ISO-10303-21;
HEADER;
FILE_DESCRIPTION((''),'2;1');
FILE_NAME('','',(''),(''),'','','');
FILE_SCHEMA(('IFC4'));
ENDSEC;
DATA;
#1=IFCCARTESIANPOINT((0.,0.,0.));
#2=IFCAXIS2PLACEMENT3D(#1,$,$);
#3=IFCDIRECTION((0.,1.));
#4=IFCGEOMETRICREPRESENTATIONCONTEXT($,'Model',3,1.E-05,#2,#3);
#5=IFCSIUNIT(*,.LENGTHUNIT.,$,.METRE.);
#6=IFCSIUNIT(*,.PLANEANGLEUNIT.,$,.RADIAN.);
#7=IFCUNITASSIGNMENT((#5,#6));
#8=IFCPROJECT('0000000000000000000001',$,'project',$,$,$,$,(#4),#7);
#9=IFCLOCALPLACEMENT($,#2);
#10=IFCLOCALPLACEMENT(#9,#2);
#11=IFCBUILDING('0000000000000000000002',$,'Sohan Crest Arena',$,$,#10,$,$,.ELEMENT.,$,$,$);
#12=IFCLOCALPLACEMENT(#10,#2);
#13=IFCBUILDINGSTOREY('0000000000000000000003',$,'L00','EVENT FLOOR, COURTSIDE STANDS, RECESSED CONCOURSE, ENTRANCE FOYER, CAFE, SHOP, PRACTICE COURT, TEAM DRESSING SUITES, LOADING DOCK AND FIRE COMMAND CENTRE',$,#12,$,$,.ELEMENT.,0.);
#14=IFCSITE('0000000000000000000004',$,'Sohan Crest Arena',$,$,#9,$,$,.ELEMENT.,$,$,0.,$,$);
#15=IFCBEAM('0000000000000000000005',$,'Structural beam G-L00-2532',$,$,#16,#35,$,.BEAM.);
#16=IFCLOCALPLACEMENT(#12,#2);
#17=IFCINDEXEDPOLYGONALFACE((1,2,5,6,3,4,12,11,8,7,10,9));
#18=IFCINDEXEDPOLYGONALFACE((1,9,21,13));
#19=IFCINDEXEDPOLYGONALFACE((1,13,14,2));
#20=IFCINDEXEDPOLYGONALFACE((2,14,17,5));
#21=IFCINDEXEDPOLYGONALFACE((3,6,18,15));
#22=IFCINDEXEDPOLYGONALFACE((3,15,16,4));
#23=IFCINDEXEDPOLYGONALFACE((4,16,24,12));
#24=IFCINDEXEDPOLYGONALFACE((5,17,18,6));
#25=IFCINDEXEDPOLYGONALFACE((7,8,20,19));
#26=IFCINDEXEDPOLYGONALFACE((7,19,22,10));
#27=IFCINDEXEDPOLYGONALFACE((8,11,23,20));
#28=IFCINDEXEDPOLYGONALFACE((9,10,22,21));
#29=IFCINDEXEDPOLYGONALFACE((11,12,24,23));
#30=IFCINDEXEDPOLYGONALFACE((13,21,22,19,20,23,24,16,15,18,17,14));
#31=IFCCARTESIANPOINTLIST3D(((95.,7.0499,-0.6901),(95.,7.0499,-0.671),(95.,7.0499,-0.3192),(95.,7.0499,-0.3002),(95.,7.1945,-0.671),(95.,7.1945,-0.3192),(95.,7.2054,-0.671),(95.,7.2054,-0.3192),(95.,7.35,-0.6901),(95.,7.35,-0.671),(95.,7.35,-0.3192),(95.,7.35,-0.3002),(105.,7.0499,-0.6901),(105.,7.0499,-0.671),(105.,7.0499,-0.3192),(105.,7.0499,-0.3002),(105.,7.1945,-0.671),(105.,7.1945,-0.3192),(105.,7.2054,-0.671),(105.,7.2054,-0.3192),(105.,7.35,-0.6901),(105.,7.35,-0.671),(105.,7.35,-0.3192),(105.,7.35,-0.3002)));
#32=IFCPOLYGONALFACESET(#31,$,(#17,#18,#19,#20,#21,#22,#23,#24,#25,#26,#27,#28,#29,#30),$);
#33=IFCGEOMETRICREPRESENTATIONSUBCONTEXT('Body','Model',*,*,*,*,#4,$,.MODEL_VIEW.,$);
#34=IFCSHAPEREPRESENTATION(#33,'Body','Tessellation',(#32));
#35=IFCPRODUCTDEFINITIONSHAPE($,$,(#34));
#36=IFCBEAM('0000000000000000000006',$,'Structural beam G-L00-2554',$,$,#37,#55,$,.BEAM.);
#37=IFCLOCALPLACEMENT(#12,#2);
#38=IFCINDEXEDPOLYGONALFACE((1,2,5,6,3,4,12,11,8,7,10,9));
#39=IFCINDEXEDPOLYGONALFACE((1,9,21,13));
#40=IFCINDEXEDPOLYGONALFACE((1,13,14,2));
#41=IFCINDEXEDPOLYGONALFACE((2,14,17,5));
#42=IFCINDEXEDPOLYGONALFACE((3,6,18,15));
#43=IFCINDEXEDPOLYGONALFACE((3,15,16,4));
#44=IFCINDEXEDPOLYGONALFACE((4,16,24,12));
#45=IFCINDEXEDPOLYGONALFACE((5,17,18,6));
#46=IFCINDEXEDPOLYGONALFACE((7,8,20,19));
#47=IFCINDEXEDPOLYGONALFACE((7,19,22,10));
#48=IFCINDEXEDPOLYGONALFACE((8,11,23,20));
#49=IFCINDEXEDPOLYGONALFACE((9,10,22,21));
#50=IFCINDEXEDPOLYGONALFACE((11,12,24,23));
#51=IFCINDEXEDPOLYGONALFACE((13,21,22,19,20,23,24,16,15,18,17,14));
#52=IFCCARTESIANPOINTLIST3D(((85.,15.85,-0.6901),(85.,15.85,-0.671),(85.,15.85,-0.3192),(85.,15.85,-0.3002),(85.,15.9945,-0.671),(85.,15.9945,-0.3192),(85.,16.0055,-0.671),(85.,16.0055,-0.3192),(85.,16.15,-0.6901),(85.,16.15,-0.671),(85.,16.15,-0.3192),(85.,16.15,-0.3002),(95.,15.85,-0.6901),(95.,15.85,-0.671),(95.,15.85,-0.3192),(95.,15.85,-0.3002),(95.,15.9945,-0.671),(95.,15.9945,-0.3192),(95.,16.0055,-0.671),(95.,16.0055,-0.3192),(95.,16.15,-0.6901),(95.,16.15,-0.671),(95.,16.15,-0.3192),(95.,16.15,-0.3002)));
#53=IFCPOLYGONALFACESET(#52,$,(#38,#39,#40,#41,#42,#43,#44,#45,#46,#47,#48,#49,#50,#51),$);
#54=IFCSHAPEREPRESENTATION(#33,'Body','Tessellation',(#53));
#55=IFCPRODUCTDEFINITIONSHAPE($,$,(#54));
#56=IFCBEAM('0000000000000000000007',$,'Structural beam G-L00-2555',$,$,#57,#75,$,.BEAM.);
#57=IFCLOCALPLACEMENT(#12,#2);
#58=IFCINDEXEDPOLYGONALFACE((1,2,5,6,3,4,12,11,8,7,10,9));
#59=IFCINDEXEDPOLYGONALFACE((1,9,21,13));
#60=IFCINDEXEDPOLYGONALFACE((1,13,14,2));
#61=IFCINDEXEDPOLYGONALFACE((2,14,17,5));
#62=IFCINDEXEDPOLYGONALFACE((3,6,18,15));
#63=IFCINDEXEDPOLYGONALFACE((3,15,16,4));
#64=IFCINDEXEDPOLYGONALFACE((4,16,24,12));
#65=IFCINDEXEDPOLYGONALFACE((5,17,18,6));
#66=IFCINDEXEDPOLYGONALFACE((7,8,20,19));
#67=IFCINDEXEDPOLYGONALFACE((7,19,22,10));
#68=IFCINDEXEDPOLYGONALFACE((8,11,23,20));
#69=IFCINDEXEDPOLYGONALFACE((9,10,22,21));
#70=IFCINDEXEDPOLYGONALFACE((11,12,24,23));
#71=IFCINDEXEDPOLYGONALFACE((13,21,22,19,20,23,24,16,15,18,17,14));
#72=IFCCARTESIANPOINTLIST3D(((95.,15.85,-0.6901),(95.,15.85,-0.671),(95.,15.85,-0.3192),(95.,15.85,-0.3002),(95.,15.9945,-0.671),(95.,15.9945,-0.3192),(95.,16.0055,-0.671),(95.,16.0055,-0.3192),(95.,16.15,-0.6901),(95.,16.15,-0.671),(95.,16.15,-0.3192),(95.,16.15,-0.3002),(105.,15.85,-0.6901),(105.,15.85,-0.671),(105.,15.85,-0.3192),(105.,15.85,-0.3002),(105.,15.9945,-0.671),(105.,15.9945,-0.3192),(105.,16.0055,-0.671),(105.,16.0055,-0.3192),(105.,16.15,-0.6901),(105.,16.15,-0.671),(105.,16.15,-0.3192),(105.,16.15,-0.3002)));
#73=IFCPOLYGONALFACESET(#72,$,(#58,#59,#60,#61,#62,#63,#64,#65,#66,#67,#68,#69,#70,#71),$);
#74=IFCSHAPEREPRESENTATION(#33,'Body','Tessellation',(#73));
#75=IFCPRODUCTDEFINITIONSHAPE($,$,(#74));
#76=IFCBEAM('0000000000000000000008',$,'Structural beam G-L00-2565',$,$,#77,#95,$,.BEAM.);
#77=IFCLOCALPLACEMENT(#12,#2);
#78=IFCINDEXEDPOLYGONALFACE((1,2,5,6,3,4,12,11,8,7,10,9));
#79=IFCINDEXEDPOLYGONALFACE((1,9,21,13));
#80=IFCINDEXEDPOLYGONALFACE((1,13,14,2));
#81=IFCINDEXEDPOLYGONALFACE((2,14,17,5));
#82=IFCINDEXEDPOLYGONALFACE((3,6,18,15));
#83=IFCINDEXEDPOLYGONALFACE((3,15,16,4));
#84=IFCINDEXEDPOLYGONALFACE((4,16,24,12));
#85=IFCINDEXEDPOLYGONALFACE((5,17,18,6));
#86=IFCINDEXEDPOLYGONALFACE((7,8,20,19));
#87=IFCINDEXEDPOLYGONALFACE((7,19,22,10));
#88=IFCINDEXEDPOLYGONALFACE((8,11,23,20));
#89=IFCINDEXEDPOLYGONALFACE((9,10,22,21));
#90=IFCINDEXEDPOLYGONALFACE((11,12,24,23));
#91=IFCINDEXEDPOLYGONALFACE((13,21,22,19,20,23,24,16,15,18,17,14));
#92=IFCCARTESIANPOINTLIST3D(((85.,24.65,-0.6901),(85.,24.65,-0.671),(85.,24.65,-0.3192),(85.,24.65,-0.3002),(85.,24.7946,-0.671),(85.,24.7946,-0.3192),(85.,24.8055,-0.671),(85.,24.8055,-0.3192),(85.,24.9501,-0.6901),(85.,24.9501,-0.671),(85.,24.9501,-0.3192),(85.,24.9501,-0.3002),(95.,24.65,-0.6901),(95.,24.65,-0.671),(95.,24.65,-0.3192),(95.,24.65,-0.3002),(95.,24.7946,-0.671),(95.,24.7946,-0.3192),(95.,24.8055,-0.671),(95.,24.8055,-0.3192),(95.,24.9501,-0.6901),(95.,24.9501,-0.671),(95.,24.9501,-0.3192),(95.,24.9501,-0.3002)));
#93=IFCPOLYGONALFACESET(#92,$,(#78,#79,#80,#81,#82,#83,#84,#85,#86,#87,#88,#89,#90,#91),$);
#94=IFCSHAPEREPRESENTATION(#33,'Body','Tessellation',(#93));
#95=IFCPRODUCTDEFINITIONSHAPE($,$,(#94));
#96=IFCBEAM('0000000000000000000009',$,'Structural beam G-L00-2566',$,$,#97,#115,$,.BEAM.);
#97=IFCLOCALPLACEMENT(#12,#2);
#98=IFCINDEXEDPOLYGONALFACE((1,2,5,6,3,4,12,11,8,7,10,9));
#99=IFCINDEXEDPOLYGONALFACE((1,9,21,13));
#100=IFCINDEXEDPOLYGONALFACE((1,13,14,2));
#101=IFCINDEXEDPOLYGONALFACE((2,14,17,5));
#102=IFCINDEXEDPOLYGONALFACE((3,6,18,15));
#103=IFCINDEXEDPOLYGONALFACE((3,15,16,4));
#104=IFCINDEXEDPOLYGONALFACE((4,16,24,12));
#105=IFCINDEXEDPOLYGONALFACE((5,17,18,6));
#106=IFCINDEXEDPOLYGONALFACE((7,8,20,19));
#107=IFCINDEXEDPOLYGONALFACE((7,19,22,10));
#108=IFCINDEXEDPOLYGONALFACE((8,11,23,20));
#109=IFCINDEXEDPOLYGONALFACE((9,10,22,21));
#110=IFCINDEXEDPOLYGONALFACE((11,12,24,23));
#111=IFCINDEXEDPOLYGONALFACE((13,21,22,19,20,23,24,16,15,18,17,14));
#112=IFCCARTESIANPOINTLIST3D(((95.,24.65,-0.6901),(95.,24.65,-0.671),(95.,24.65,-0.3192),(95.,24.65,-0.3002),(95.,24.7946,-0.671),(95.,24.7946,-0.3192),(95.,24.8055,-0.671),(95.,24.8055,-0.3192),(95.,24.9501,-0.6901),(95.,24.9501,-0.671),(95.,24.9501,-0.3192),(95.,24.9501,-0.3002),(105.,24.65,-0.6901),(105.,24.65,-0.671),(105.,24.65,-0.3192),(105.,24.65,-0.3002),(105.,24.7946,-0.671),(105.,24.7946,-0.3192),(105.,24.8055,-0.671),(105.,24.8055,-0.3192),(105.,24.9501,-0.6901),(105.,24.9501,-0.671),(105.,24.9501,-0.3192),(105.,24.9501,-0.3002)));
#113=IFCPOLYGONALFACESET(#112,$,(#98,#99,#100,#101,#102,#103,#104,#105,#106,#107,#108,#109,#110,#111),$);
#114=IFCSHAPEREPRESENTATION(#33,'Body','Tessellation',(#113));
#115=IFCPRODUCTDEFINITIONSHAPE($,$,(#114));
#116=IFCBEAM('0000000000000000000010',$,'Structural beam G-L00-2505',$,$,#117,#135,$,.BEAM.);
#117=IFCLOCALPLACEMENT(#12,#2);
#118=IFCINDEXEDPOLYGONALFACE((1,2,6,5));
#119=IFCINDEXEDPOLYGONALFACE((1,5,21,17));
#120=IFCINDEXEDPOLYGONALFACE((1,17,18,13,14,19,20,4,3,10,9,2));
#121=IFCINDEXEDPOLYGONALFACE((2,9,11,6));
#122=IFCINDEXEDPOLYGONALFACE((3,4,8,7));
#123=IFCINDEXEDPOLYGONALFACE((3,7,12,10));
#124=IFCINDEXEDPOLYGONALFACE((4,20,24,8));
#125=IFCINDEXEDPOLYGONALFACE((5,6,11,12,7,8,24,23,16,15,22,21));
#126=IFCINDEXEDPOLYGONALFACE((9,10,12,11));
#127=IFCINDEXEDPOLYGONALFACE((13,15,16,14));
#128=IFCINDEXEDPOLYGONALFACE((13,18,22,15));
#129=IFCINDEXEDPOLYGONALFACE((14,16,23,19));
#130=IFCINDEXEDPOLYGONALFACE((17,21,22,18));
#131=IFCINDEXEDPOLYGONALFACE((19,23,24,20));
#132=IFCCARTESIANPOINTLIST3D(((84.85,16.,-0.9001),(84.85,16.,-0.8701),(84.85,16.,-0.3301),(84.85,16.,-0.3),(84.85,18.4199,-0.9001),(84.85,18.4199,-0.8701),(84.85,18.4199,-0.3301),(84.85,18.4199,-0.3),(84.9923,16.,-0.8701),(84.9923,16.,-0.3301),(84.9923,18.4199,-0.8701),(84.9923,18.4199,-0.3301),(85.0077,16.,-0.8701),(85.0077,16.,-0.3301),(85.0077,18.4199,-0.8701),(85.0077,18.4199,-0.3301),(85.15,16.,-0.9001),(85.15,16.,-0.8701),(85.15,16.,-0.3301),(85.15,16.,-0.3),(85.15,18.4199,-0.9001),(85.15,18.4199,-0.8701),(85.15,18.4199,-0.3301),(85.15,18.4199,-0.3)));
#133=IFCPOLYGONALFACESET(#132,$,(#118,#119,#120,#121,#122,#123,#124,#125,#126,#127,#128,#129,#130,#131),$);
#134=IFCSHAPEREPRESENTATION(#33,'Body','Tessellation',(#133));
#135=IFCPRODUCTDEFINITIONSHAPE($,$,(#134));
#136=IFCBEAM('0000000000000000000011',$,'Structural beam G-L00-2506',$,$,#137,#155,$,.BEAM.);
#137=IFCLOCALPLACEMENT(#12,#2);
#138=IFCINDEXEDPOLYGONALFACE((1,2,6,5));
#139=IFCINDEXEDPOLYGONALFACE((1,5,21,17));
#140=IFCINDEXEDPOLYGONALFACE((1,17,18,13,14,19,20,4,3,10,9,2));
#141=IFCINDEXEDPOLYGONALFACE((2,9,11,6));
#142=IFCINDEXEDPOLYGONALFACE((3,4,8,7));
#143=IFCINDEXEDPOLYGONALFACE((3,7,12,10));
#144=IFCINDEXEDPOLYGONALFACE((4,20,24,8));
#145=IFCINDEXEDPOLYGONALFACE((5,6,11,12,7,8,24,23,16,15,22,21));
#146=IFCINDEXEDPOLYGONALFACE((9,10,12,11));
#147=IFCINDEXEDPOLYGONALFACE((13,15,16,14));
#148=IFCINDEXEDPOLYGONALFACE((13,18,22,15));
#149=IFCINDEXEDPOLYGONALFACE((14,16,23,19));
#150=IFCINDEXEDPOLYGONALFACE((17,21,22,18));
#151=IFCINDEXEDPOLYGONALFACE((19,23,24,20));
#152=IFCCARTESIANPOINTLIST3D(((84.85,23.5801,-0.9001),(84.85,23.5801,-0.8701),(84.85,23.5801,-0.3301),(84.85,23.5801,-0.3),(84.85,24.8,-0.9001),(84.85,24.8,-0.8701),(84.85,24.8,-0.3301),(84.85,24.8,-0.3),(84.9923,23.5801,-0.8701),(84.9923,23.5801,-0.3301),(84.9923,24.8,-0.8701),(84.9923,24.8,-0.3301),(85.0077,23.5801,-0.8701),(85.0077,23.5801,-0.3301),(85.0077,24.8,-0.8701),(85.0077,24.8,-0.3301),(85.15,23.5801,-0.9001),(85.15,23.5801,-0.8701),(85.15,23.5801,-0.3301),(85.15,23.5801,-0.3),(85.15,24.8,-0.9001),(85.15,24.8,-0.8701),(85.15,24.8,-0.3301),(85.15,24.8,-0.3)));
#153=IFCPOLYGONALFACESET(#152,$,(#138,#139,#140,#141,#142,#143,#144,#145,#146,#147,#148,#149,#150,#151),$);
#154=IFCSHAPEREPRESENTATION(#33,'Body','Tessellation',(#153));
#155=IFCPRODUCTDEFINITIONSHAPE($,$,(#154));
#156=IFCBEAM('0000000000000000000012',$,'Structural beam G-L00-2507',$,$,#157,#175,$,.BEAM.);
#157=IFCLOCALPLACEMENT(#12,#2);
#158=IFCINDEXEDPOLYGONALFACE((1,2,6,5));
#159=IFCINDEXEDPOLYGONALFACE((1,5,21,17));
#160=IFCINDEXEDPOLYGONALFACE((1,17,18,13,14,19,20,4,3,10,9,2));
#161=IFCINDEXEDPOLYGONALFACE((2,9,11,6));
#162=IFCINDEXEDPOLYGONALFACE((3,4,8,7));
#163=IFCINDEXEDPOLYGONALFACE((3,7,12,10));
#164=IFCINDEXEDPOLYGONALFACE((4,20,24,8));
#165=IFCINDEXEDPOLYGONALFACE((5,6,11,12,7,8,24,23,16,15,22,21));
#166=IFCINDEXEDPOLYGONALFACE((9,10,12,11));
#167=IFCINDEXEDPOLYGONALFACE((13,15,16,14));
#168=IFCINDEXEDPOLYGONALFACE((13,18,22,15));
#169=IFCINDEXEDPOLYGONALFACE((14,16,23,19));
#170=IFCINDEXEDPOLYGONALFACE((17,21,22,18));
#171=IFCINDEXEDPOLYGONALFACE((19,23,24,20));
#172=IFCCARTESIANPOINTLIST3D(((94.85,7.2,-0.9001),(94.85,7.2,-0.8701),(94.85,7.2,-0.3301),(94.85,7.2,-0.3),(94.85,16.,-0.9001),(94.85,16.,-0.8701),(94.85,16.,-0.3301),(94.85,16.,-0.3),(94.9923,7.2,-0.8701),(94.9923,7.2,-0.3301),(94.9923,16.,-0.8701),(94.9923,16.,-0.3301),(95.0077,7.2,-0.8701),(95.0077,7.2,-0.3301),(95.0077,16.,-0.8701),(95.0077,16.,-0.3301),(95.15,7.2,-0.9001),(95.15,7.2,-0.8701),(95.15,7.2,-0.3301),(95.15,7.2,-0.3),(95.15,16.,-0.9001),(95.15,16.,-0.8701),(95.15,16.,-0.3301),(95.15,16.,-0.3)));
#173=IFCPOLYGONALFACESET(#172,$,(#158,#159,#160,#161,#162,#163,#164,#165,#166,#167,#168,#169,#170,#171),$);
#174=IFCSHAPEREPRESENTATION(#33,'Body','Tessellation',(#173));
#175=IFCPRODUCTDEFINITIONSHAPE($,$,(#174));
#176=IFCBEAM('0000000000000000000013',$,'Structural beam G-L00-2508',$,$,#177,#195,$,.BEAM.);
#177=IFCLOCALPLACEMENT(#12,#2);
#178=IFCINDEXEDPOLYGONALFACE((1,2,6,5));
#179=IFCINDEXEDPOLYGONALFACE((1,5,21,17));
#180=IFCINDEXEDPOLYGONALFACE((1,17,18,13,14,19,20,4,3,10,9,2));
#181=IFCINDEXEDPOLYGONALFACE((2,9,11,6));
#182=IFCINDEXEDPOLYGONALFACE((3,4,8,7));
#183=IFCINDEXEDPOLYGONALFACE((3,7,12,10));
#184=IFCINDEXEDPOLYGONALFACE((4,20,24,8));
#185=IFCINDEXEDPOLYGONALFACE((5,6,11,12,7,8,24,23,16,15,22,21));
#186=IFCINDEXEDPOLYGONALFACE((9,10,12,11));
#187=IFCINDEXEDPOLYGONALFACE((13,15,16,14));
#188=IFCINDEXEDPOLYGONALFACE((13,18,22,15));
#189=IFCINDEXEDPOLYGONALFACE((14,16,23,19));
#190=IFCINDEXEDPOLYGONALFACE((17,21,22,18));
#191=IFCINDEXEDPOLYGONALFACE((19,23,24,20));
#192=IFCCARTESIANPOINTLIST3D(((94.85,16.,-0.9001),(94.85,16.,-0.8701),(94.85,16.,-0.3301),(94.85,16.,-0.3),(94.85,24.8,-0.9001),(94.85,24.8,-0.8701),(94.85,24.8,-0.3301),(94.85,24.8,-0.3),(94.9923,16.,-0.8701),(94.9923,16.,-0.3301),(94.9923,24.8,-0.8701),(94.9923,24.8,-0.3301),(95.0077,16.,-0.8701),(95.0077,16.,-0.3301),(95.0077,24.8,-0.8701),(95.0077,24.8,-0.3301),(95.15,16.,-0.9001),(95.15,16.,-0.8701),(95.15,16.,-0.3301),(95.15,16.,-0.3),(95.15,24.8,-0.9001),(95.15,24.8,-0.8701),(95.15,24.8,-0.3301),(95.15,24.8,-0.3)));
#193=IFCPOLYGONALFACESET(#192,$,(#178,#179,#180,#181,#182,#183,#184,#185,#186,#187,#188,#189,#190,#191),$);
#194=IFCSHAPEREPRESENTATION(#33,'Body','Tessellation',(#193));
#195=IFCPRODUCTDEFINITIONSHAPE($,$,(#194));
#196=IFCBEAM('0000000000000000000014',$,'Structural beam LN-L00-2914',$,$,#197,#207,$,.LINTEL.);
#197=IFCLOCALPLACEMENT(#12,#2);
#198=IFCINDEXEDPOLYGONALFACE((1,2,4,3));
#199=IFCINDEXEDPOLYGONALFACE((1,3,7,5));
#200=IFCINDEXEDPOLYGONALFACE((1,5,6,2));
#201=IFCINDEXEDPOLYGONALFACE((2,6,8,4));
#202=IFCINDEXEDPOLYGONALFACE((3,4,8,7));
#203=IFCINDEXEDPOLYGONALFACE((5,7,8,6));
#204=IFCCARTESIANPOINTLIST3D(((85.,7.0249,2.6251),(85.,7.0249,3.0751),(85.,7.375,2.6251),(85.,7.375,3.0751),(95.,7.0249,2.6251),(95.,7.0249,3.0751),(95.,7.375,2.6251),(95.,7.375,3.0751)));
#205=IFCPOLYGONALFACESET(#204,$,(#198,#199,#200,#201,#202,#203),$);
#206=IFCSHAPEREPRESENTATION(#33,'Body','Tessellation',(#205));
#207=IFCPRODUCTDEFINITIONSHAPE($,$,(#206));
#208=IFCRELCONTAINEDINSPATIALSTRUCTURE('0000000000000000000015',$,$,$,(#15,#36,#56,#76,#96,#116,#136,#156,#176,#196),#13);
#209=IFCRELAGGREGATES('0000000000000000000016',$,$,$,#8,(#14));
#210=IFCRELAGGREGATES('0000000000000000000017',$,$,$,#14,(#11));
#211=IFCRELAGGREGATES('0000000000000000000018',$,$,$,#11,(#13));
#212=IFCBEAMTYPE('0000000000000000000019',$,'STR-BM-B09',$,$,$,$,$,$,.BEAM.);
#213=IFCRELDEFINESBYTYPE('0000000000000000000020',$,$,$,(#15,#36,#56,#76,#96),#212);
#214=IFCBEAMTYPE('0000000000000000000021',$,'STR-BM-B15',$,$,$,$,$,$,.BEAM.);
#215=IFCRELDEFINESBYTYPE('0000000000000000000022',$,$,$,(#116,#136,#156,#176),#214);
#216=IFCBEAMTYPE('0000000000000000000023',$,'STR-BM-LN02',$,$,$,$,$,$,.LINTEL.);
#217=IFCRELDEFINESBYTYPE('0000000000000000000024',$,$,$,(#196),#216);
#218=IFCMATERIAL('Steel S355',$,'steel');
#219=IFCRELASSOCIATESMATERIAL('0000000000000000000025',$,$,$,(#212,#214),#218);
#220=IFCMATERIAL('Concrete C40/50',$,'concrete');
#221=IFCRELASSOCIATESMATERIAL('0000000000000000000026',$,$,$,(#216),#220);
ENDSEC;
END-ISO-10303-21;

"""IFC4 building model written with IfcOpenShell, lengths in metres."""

from ifc_helpers import new_model, si_unit, direction, frame, origin, origin_2d, place, context, subcontext, project, spatial, rectangle, i_section, extrude, material, material_profile, profile_set, type_object, element, save


model = new_model("IFC4")

# Units and contexts
model_context = context("Model", 3, precision=1e-05, world=origin(), true_north=direction((0.0, 1.0)))
body_context = subcontext(model_context, "Body", "Model", "MODEL_VIEW")
ifc_project = project(units=[si_unit("LENGTHUNIT", "METRE"), si_unit("PLANEANGLEUNIT", "RADIAN")], contexts=[model_context])

# Site, building, storey
site_placement = place(None, origin())
site = spatial("IfcSite", under=ifc_project, at=site_placement, Name="Sohan Crest Arena", CompositionType="ELEMENT", RefElevation=0.0)
building_placement = place(site_placement, origin())
building = spatial("IfcBuilding", under=site, at=building_placement, Name="Sohan Crest Arena", CompositionType="ELEMENT")
storey_placement = place(building_placement, origin())
storey = spatial("IfcBuildingStorey", under=building, at=storey_placement, Name="L00", Description="EVENT FLOOR, COURTSIDE STANDS, RECESSED CONCOURSE, ENTRANCE FOYER, CAFE, SHOP, PRACTICE COURT, TEAM DRESSING SUITES, LOADING DOCK AND FIRE COMMAND CENTRE", CompositionType="ELEMENT", Elevation=0.0)

# Shared definitions
ifc_material_1 = material(Name="Steel S355", Category="steel")

# Beams
ifc_material_profile_1 = material_profile(ifc_material_1, i_section(OverallWidth=0.3, OverallDepth=0.3899, WebThickness=0.011, FlangeThickness=0.019, at=origin_2d()), Name="HEA 400")
ifc_profile_set_1 = profile_set([ifc_material_profile_1], Name="Steel S355")
beam_type_1 = type_object("IfcBeamType", Name="STR-BM-B09", PredefinedType="BEAM", material=ifc_profile_set_1)
for number, where, z_axis, x_axis, name in (
    (1, (95.0, 7.2, -0.4951), (1.0, 0.0, 0.0), (0.0, 1.0, 0.0), "Structural beam G-L00-2532"),
    (2, (85.0, 16.0, -0.4951), (1.0, 0.0, 0.0), (0.0, 1.0, 0.0), "Structural beam G-L00-2554"),
    (3, (95.0, 16.0, -0.4951), (1.0, 0.0, 0.0), (0.0, 1.0, 0.0), "Structural beam G-L00-2555"),
    (4, (85.0, 24.8, -0.4951), (1.0, 0.0, 0.0), (0.0, 1.0, 0.0), "Structural beam G-L00-2565"),
    (5, (95.0, 24.8, -0.4951), (1.0, 0.0, 0.0), (0.0, 1.0, 0.0), "Structural beam G-L00-2566"),
):
    element("IfcBeam", number, at=place(storey_placement, frame(where, z_axis=z_axis, x_axis=x_axis)), inside=storey, type_object=beam_type_1, Name=name, PredefinedType="BEAM", context=body_context, shape_type="SweptSolid", body=[
        extrude(i_section(OverallWidth=0.3, OverallDepth=0.3899, WebThickness=0.011, FlangeThickness=0.019, at=origin_2d()), origin(), (0.0, 0.0, 1.0), 10.0),
    ])
ifc_material_profile_2 = material_profile(ifc_material_1, i_section(OverallWidth=0.3, OverallDepth=0.6001, WebThickness=0.0154, FlangeThickness=0.03, at=origin_2d()), Name="HEB 600")
ifc_profile_set_2 = profile_set([ifc_material_profile_2], Name="Steel S355")
beam_type_2 = type_object("IfcBeamType", Name="STR-BM-B15", PredefinedType="BEAM", material=ifc_profile_set_2)
beam_1_placement = place(storey_placement, frame((85.0, 16.0, -0.6001), z_axis=(0.0, 1.0, 0.0), x_axis=(-1.0, 0.0, 0.0)))
element("IfcBeam", 6, at=beam_1_placement, inside=storey, type_object=beam_type_2, Name="Structural beam G-L00-2505", PredefinedType="BEAM", context=body_context, shape_type="SweptSolid", body=[
    extrude(i_section(OverallWidth=0.3, OverallDepth=0.6001, WebThickness=0.0154, FlangeThickness=0.03, at=origin_2d()), origin(), (0.0, 0.0, 1.0), 2.4199),
])
beam_2_placement = place(storey_placement, frame((85.0, 23.5801, -0.6001), z_axis=(0.0, 1.0, 0.0), x_axis=(-1.0, 0.0, 0.0)))
element("IfcBeam", 7, at=beam_2_placement, inside=storey, type_object=beam_type_2, Name="Structural beam G-L00-2506", PredefinedType="BEAM", context=body_context, shape_type="SweptSolid", body=[
    extrude(i_section(OverallWidth=0.3, OverallDepth=0.6001, WebThickness=0.0154, FlangeThickness=0.03, at=origin_2d()), origin(), (0.0, 0.0, 1.0), 1.22),
])
for number, where, z_axis, x_axis, name in (
    (8, (95.0, 7.2, -0.6001), (0.0, 1.0, 0.0), (-1.0, 0.0, 0.0), "Structural beam G-L00-2507"),
    (9, (95.0, 16.0, -0.6001), (0.0, 1.0, 0.0), (-1.0, 0.0, 0.0), "Structural beam G-L00-2508"),
):
    element("IfcBeam", number, at=place(storey_placement, frame(where, z_axis=z_axis, x_axis=x_axis)), inside=storey, type_object=beam_type_2, Name=name, PredefinedType="BEAM", context=body_context, shape_type="SweptSolid", body=[
        extrude(i_section(OverallWidth=0.3, OverallDepth=0.6001, WebThickness=0.0154, FlangeThickness=0.03, at=origin_2d()), origin(), (0.0, 0.0, 1.0), 8.8),
    ])
ifc_material_2 = material(Name="Concrete C40/50", Category="concrete")
ifc_material_profile_3 = material_profile(ifc_material_2, rectangle(XDim=0.3501, YDim=0.45, at=origin_2d()), Name="RC-LNT 350x450")
ifc_profile_set_3 = profile_set([ifc_material_profile_3], Name="Concrete C40/50")
beam_type_3 = type_object("IfcBeamType", Name="STR-BM-LN02", PredefinedType="LINTEL", material=ifc_profile_set_3)
for number, where, z_axis, x_axis, name in (
    (10, (85.0, 7.2, 2.8501), (1.0, 0.0, 0.0), (0.0, 1.0, 0.0), "Structural beam LN-L00-2914"),
):
    element("IfcBeam", number, at=place(storey_placement, frame(where, z_axis=z_axis, x_axis=x_axis)), inside=storey, type_object=beam_type_3, Name=name, PredefinedType="LINTEL", context=body_context, shape_type="SweptSolid", body=[
        extrude(rectangle(XDim=0.3501, YDim=0.45, at=origin_2d()), origin(), (0.0, 0.0, 1.0), 10.0),
    ])

save(model, "model.ifc")
